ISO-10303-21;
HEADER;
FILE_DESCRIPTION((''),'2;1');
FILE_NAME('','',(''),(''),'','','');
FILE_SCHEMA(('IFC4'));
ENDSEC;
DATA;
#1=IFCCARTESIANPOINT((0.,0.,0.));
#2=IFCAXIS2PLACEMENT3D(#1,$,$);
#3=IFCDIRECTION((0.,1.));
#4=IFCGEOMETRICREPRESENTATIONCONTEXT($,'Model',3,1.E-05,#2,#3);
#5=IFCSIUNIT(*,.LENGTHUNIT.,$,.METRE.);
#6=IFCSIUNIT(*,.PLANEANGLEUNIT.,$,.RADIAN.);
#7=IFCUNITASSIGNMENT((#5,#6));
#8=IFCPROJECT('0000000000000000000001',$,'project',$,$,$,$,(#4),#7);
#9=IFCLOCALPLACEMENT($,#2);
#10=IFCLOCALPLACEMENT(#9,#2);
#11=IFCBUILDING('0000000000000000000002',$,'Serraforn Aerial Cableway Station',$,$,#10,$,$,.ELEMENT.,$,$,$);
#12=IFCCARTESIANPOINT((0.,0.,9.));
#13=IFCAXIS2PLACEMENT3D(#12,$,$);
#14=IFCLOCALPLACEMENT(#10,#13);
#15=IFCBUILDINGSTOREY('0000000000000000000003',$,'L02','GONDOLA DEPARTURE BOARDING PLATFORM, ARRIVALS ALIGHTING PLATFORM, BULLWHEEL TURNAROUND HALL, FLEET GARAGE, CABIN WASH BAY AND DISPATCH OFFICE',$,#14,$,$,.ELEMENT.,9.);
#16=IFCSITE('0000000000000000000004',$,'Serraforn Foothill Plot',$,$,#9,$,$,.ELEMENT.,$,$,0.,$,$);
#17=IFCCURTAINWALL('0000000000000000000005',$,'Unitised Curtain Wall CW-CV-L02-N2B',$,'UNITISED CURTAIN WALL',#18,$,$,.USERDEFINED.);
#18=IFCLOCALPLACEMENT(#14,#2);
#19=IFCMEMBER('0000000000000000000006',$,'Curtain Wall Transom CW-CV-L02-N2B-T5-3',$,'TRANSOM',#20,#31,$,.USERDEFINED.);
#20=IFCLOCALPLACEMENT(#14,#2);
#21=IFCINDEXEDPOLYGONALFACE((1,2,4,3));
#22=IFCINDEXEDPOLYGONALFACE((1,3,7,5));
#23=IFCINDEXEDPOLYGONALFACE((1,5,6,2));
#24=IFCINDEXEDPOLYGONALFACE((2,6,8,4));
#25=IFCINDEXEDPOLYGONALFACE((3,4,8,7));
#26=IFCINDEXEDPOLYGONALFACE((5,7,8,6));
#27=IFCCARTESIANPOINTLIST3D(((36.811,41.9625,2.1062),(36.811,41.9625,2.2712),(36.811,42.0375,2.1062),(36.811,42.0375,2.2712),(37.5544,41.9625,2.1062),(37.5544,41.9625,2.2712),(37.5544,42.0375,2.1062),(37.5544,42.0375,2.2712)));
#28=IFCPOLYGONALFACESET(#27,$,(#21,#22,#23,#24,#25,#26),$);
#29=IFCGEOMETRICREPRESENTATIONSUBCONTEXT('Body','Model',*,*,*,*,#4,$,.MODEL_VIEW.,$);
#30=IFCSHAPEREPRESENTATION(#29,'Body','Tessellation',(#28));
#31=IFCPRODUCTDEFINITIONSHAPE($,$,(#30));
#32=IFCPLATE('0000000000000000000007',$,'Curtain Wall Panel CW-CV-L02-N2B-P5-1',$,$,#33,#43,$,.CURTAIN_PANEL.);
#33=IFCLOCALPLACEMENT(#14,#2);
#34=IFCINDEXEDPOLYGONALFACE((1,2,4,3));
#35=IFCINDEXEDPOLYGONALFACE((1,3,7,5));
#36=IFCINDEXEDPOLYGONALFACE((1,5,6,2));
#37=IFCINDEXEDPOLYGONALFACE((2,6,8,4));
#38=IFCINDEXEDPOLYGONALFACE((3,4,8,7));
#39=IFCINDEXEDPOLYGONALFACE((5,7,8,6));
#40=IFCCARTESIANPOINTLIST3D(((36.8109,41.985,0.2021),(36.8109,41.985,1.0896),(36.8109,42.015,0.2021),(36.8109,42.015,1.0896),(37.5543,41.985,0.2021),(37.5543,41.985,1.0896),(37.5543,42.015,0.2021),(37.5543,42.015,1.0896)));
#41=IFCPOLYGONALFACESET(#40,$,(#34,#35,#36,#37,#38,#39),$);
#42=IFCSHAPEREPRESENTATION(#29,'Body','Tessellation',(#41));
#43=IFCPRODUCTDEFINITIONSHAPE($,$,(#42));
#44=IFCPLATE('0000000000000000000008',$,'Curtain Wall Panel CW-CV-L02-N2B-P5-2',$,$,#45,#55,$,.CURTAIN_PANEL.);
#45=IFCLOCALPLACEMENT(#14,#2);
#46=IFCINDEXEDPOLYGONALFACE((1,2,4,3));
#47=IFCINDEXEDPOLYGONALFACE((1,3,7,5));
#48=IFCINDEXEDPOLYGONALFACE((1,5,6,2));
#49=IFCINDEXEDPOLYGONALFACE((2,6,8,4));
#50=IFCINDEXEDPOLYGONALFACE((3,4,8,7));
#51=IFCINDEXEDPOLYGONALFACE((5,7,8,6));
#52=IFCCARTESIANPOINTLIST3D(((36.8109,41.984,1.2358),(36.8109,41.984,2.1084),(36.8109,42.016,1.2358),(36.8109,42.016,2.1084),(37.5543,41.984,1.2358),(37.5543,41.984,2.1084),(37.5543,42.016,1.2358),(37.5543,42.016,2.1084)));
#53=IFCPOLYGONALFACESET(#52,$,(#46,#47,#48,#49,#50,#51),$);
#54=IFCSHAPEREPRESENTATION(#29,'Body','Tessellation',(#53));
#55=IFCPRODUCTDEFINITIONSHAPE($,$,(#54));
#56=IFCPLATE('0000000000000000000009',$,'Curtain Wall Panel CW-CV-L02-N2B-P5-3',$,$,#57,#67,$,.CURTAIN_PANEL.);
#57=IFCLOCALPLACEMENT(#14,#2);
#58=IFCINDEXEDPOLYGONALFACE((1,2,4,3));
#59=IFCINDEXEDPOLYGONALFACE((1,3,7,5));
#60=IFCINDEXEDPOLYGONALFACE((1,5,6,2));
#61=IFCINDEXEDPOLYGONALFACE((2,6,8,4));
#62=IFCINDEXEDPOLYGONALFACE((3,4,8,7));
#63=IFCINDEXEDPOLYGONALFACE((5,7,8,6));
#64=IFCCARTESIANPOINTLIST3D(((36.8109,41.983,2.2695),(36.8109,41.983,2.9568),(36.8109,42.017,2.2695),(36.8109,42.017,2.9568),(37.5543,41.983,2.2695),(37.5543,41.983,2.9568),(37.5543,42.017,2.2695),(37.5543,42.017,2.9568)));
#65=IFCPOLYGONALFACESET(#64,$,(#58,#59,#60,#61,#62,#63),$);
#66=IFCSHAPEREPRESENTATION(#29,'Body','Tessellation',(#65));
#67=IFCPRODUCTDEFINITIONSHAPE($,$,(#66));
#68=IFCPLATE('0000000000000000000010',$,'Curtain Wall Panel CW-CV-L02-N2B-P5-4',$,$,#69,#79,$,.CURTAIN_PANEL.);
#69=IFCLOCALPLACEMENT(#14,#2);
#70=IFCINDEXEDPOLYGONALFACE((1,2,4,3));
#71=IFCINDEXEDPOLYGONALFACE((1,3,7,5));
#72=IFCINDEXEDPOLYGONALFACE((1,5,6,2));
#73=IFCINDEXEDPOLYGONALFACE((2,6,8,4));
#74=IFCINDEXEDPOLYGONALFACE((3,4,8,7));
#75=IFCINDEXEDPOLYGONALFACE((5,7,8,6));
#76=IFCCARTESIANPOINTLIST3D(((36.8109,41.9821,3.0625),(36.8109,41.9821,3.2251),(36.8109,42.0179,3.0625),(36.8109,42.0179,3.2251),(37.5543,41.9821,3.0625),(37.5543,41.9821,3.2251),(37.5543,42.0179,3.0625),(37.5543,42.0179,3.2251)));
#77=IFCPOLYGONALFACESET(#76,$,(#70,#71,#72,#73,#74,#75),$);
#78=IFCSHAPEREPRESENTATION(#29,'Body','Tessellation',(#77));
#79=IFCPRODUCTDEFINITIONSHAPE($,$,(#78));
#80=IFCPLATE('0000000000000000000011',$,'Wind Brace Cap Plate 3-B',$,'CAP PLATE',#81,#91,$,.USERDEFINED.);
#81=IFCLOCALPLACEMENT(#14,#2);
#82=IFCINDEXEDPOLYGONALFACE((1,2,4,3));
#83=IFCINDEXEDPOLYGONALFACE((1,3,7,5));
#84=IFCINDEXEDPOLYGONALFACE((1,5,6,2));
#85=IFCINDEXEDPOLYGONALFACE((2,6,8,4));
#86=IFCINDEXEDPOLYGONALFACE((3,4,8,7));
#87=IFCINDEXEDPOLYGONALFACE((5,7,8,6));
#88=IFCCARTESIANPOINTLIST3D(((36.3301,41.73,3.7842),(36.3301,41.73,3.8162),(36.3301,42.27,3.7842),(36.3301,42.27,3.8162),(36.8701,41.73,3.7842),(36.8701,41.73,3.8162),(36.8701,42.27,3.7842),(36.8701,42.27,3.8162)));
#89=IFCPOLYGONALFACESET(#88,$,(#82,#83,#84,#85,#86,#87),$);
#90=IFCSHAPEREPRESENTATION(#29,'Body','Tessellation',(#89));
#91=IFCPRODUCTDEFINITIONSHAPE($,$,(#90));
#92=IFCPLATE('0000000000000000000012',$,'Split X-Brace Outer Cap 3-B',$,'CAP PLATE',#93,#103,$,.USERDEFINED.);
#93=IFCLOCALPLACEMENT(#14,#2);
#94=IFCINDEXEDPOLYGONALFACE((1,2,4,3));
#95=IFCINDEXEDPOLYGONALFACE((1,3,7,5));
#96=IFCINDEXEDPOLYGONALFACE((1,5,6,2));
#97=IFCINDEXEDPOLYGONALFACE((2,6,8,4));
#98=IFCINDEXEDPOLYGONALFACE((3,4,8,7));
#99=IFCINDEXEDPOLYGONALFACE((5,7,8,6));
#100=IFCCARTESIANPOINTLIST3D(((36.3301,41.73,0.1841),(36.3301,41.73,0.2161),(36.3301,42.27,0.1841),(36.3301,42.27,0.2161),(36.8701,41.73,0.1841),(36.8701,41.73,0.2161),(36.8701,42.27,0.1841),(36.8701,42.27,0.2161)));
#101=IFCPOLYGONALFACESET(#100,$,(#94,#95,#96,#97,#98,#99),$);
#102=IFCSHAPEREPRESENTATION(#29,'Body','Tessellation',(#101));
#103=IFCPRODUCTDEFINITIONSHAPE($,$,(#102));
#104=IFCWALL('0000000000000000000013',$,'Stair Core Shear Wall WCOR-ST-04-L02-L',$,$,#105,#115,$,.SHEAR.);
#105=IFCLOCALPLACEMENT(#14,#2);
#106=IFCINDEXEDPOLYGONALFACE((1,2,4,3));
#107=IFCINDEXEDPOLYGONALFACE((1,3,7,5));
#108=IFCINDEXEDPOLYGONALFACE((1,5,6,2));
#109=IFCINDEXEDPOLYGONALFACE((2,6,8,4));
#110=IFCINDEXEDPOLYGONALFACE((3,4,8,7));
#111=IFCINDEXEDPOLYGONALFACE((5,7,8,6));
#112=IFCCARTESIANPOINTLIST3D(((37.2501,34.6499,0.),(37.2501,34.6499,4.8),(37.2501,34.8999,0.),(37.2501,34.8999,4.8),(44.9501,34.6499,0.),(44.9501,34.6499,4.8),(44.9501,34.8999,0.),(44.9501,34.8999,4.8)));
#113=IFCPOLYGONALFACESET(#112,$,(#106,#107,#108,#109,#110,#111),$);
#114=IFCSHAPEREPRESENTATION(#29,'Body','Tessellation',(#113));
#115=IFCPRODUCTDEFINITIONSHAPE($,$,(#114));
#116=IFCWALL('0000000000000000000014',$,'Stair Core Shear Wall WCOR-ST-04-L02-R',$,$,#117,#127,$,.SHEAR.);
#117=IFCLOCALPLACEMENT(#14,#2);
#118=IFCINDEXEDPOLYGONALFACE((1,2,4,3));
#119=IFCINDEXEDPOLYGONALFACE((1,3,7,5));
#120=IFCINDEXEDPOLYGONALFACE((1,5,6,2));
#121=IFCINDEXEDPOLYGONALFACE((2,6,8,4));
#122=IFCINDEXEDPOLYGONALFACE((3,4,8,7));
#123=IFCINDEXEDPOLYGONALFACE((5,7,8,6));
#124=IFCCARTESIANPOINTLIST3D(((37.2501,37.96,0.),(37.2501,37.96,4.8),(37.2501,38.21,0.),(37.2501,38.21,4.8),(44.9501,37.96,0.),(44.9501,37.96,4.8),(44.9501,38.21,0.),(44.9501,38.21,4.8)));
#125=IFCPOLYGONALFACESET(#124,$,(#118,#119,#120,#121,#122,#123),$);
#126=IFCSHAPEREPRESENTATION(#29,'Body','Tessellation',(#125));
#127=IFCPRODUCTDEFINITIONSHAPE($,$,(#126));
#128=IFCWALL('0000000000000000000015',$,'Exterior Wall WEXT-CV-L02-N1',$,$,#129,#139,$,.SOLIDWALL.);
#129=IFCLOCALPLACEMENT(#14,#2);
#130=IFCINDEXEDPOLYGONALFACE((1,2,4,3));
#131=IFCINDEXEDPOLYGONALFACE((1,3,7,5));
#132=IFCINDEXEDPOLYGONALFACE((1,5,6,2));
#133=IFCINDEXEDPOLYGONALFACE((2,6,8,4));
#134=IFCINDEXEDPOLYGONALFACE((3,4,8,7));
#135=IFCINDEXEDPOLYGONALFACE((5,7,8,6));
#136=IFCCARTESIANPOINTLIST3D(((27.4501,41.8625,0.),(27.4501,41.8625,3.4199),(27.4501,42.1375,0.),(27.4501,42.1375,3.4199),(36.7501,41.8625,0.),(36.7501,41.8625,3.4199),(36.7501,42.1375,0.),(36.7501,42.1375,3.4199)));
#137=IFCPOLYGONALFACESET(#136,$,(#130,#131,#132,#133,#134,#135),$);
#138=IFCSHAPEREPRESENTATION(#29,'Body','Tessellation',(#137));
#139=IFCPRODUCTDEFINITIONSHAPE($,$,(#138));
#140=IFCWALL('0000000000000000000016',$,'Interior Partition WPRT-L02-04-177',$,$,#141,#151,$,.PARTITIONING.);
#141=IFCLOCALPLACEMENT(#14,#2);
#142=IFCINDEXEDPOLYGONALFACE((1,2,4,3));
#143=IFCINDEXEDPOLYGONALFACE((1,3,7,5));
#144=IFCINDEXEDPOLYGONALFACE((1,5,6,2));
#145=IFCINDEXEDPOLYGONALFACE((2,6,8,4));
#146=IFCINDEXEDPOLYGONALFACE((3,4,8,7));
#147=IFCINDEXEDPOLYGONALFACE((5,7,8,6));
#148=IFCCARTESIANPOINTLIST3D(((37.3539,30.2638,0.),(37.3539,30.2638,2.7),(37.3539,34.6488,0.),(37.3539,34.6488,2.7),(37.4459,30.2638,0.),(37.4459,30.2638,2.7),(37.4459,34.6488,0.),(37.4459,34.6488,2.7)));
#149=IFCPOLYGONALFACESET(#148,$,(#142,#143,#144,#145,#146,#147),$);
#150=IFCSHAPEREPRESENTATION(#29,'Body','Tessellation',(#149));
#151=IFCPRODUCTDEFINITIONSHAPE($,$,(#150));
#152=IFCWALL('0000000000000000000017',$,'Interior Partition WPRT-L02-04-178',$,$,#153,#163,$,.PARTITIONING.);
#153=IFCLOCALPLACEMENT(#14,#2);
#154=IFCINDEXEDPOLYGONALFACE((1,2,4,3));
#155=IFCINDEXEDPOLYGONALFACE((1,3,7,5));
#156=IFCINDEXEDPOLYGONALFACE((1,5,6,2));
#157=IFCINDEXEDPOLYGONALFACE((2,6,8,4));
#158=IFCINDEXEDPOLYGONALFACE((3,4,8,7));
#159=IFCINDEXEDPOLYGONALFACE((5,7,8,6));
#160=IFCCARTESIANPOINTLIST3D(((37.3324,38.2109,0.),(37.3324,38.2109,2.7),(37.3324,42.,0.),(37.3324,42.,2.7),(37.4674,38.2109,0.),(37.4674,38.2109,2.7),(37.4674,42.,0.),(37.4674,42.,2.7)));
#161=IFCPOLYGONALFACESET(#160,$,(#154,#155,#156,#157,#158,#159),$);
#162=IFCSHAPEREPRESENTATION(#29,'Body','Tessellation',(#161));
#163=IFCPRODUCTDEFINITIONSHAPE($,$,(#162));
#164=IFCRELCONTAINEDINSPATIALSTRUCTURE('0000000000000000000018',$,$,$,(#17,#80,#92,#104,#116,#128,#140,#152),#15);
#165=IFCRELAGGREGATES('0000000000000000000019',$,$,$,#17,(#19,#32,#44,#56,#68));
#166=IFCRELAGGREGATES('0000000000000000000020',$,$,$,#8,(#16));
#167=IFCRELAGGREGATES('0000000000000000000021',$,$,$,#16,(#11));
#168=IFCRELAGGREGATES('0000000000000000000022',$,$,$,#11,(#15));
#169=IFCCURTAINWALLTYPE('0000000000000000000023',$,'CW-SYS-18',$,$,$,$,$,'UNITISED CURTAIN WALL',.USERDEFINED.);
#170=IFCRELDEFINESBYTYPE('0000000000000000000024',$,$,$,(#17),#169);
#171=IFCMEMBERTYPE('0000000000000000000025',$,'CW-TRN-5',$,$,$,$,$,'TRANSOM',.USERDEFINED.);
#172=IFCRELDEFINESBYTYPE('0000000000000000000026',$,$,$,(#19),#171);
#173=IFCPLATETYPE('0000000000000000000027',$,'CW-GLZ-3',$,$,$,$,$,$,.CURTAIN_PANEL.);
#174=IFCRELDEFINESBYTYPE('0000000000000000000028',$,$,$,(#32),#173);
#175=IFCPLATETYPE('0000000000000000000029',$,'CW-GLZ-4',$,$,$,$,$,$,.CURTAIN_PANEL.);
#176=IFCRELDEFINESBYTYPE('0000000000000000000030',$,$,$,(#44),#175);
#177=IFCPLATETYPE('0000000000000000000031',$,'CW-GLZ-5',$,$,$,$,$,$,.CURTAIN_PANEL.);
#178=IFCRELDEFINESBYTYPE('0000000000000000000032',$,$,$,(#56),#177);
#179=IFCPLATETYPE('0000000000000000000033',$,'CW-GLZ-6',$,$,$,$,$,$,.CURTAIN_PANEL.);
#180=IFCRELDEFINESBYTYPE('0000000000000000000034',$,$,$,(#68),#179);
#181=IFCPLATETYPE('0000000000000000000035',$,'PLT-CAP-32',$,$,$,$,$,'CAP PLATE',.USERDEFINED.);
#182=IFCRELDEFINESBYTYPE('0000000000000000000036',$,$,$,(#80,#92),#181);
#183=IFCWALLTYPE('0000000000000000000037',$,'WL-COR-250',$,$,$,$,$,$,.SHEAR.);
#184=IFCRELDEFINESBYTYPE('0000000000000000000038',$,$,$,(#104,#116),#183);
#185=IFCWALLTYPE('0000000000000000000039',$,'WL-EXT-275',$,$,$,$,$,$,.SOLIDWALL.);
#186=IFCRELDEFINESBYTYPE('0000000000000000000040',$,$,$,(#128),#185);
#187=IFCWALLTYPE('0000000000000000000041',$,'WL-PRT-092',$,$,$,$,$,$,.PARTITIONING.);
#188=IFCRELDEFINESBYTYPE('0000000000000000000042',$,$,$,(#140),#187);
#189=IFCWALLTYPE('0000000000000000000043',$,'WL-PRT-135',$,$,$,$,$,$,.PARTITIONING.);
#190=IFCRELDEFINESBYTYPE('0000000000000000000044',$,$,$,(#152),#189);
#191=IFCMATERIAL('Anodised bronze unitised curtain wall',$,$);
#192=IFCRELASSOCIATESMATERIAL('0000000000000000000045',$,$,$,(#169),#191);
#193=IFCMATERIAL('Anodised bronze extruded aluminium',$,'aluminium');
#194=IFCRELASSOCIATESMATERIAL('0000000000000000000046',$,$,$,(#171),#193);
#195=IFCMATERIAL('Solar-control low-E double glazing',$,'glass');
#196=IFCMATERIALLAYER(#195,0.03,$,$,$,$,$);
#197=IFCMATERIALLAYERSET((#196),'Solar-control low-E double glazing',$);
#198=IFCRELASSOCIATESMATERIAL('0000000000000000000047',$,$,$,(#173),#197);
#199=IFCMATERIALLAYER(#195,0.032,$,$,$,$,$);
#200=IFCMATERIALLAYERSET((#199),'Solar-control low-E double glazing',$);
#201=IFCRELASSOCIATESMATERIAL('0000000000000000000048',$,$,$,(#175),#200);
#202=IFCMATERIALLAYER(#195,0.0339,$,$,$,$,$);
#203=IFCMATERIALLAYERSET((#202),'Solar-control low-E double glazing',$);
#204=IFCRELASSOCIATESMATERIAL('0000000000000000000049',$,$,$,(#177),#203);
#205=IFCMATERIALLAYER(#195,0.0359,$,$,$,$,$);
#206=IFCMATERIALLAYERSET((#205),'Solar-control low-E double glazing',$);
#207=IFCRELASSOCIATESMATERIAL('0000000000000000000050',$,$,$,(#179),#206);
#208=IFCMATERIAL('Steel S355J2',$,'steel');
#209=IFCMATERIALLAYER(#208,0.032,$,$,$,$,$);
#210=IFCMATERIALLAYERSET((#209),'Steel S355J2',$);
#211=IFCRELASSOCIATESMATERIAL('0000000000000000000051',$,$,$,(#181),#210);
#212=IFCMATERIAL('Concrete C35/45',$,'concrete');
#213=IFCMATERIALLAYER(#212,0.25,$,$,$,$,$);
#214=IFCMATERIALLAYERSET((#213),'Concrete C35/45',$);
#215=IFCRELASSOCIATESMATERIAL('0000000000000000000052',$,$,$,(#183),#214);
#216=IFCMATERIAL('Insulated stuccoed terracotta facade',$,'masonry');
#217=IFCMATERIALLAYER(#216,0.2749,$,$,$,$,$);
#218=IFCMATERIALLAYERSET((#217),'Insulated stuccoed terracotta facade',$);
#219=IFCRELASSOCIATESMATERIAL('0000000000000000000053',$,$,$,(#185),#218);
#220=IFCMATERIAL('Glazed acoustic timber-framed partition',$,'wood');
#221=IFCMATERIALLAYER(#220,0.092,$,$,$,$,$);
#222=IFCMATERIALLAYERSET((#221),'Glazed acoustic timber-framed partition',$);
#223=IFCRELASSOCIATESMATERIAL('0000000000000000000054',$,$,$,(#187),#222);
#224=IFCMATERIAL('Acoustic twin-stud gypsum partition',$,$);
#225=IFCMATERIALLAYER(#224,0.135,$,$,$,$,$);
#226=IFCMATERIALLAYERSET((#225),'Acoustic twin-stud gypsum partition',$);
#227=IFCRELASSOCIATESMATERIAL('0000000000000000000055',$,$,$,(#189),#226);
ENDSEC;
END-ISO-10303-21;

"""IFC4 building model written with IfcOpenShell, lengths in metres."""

from ifc_helpers import new_model, si_unit, direction, frame, frame_2d, origin, origin_2d, place, context, subcontext, project, spatial, rectangle, extrude, material, layer, layer_set, material_profile, profile_set, type_object, element, aggregate, save


model = new_model("IFC4")

# Units and contexts
model_context = context("Model", 3, precision=1e-05, world=origin(), true_north=direction((0.0, 1.0)))
body_context = subcontext(model_context, "Body", "Model", "MODEL_VIEW")
ifc_project = project(units=[si_unit("LENGTHUNIT", "METRE"), si_unit("PLANEANGLEUNIT", "RADIAN")], contexts=[model_context])

# Site, building, storey
site_placement = place(None, origin())
site = spatial("IfcSite", under=ifc_project, at=site_placement, Name="Serraforn Foothill Plot", CompositionType="ELEMENT", RefElevation=0.0)
building_placement = place(site_placement, origin())
building = spatial("IfcBuilding", under=site, at=building_placement, Name="Serraforn Aerial Cableway Station", CompositionType="ELEMENT")
storey_placement = place(building_placement, frame((0.0, 0.0, 9.0)))
storey = spatial("IfcBuildingStorey", under=building, at=storey_placement, Name="L02", Description="GONDOLA DEPARTURE BOARDING PLATFORM, ARRIVALS ALIGHTING PLATFORM, BULLWHEEL TURNAROUND HALL, FLEET GARAGE, CABIN WASH BAY AND DISPATCH OFFICE", CompositionType="ELEMENT", Elevation=9.0)

# Shared definitions
ifc_material_1 = material(Name="Steel S355J2", Category="steel")

# Shared definitions
ifc_material_2 = material(Name="Concrete C35/45", Category="concrete")

# Curtain wall, member, plates
ifc_material_3 = material(Name="Anodised bronze unitised curtain wall")
curtain_wall_type = type_object("IfcCurtainWallType", Name="CW-SYS-18", ElementType="UNITISED CURTAIN WALL", PredefinedType="USERDEFINED", material=ifc_material_3)
curtain_wall_placement = place(storey_placement, origin())
curtain_wall = element("IfcCurtainWall", 1, at=curtain_wall_placement, inside=storey, type_object=curtain_wall_type, Name="Unitised Curtain Wall CW-CV-L02-N2B", ObjectType="UNITISED CURTAIN WALL", PredefinedType="USERDEFINED")
ifc_material_4 = material(Name="Anodised bronze extruded aluminium", Category="aluminium")
ifc_material_profile_1 = material_profile(ifc_material_4, rectangle(XDim=0.075, YDim=0.165, at=origin_2d()), Name="CW TRANSOM 75x165")
ifc_profile_set_1 = profile_set([ifc_material_profile_1], Name="Anodised bronze extruded aluminium")
member_type_1 = type_object("IfcMemberType", Name="CW-TRN-5", ElementType="TRANSOM", PredefinedType="USERDEFINED", material=ifc_profile_set_1)
member_1_placement = place(storey_placement, frame((37.5544, 42.0, 2.1887), z_axis=(-1.0, 0.0, 0.0), x_axis=(0.0, -1.0, 0.0)))
member_1 = element("IfcMember", 2, at=member_1_placement, type_object=member_type_1, Name="Curtain Wall Transom CW-CV-L02-N2B-T5-3", ObjectType="TRANSOM", PredefinedType="USERDEFINED", context=body_context, shape_type="SweptSolid", body=[
    extrude(rectangle(XDim=0.075, YDim=0.165, at=origin_2d()), origin(), (0.0, 0.0, 1.0), 0.7434),
])
ifc_material_5 = material(Name="Solar-control low-E double glazing", Category="glass")
ifc_layer_1 = layer(ifc_material_5, 0.03)
ifc_layer_set_1 = layer_set([ifc_layer_1], Name="Solar-control low-E double glazing")
plate_type_1 = type_object("IfcPlateType", Name="CW-GLZ-3", PredefinedType="CURTAIN_PANEL", material=ifc_layer_set_1)
plate_1_placement = place(storey_placement, frame((37.1826, 42.0, 0.2021), z_axis=(0.0, 0.0, 1.0), x_axis=(1.0, 0.0, 0.0)))
plate_1 = element("IfcPlate", 3, at=plate_1_placement, type_object=plate_type_1, Name="Curtain Wall Panel CW-CV-L02-N2B-P5-1", PredefinedType="CURTAIN_PANEL", context=body_context, shape_type="SweptSolid", body=[
    extrude(rectangle(XDim=0.7434, YDim=0.03, at=origin_2d()), origin(), (0.0, 0.0, 1.0), 0.8875),
])
ifc_layer_2 = layer(ifc_material_5, 0.032)
ifc_layer_set_2 = layer_set([ifc_layer_2], Name="Solar-control low-E double glazing")
plate_type_2 = type_object("IfcPlateType", Name="CW-GLZ-4", PredefinedType="CURTAIN_PANEL", material=ifc_layer_set_2)
plate_2_placement = place(storey_placement, frame((37.1826, 42.0, 1.2358), z_axis=(0.0, 0.0, 1.0), x_axis=(1.0, 0.0, 0.0)))
plate_2 = element("IfcPlate", 4, at=plate_2_placement, type_object=plate_type_2, Name="Curtain Wall Panel CW-CV-L02-N2B-P5-2", PredefinedType="CURTAIN_PANEL", context=body_context, shape_type="SweptSolid", body=[
    extrude(rectangle(XDim=0.7434, YDim=0.032, at=origin_2d()), origin(), (0.0, 0.0, 1.0), 0.8726),
])
ifc_layer_3 = layer(ifc_material_5, 0.0339)
ifc_layer_set_3 = layer_set([ifc_layer_3], Name="Solar-control low-E double glazing")
plate_type_3 = type_object("IfcPlateType", Name="CW-GLZ-5", PredefinedType="CURTAIN_PANEL", material=ifc_layer_set_3)
plate_3_placement = place(storey_placement, frame((37.1826, 42.0, 2.2695), z_axis=(0.0, 0.0, 1.0), x_axis=(1.0, 0.0, 0.0)))
plate_3 = element("IfcPlate", 5, at=plate_3_placement, type_object=plate_type_3, Name="Curtain Wall Panel CW-CV-L02-N2B-P5-3", PredefinedType="CURTAIN_PANEL", context=body_context, shape_type="SweptSolid", body=[
    extrude(rectangle(XDim=0.7434, YDim=0.0339, at=origin_2d()), origin(), (0.0, 0.0, 1.0), 0.6873),
])
ifc_layer_4 = layer(ifc_material_5, 0.0359)
ifc_layer_set_4 = layer_set([ifc_layer_4], Name="Solar-control low-E double glazing")
plate_type_4 = type_object("IfcPlateType", Name="CW-GLZ-6", PredefinedType="CURTAIN_PANEL", material=ifc_layer_set_4)
plate_4_placement = place(storey_placement, frame((37.1826, 42.0, 3.0625), z_axis=(0.0, 0.0, 1.0), x_axis=(1.0, 0.0, 0.0)))
plate_4 = element("IfcPlate", 6, at=plate_4_placement, type_object=plate_type_4, Name="Curtain Wall Panel CW-CV-L02-N2B-P5-4", PredefinedType="CURTAIN_PANEL", context=body_context, shape_type="SweptSolid", body=[
    extrude(rectangle(XDim=0.7434, YDim=0.0359, at=origin_2d()), origin(), (0.0, 0.0, 1.0), 0.1626),
])
aggregate(curtain_wall, [member_1, plate_1, plate_2, plate_3, plate_4])

# Plates
ifc_layer_5 = layer(ifc_material_1, 0.032)
ifc_layer_set_5 = layer_set([ifc_layer_5], Name="Steel S355J2")
plate_type_5 = type_object("IfcPlateType", Name="PLT-CAP-32", ElementType="CAP PLATE", PredefinedType="USERDEFINED", material=ifc_layer_set_5)
for number, where, z_axis, x_axis, name in (
    (7, (36.6001, 42.0, 3.7842), (0.0, 0.0, 1.0), (1.0, 0.0, 0.0), "Wind Brace Cap Plate 3-B"),
    (8, (36.6001, 42.0, 0.1841), (0.0, 0.0, 1.0), (1.0, 0.0, 0.0), "Split X-Brace Outer Cap 3-B"),
):
    element("IfcPlate", number, at=place(storey_placement, frame(where, z_axis=z_axis, x_axis=x_axis)), inside=storey, type_object=plate_type_5, Name=name, ObjectType="CAP PLATE", PredefinedType="USERDEFINED", context=body_context, shape_type="SweptSolid", body=[
        extrude(rectangle(XDim=0.54, YDim=0.54, at=origin_2d()), origin(), (0.0, 0.0, 1.0), 0.032),
    ])

# Shared definitions
ifc_layer_6 = layer(ifc_material_2, 0.25)
ifc_layer_set_6 = layer_set([ifc_layer_6], Name="Concrete C35/45")
wall_type_1 = type_object("IfcWallType", Name="WL-COR-250", PredefinedType="SHEAR", material=ifc_layer_set_6)

# Walls
for number, where, z_axis, x_axis, name in (
    (9, (37.25, 34.7749, 0.0), (0.0, 0.0, 1.0), (1.0, 0.0, 0.0), "Stair Core Shear Wall WCOR-ST-04-L02-L"),
    (10, (37.25, 38.085, 0.0), (0.0, 0.0, 1.0), (1.0, 0.0, 0.0), "Stair Core Shear Wall WCOR-ST-04-L02-R"),
):
    element("IfcWall", number, at=place(storey_placement, frame(where, z_axis=z_axis, x_axis=x_axis)), inside=storey, type_object=wall_type_1, Name=name, PredefinedType="SHEAR", context=body_context, shape_type="SweptSolid", body=[
        extrude(rectangle(XDim=7.7, YDim=0.25, at=frame_2d((3.8501, 0.0))), origin(), (0.0, 0.0, 1.0), 4.8),
    ])
ifc_material_6 = material(Name="Insulated stuccoed terracotta facade", Category="masonry")
ifc_layer_7 = layer(ifc_material_6, 0.2749)
ifc_layer_set_7 = layer_set([ifc_layer_7], Name="Insulated stuccoed terracotta facade")
wall_type_2 = type_object("IfcWallType", Name="WL-EXT-275", PredefinedType="SOLIDWALL", material=ifc_layer_set_7)
wall_1_placement = place(storey_placement, frame((36.75, 42.0, 0.0), z_axis=(0.0, 0.0, 1.0), x_axis=(-1.0, 0.0, 0.0)))
element("IfcWall", 11, at=wall_1_placement, inside=storey, type_object=wall_type_2, Name="Exterior Wall WEXT-CV-L02-N1", PredefinedType="SOLIDWALL", context=body_context, shape_type="SweptSolid", body=[
    extrude(rectangle(XDim=9.3, YDim=0.2749, at=frame_2d((4.6499, 0.0))), origin(), (0.0, 0.0, 1.0), 3.4199),
])
ifc_material_7 = material(Name="Glazed acoustic timber-framed partition", Category="wood")
ifc_layer_8 = layer(ifc_material_7, 0.092)
ifc_layer_set_8 = layer_set([ifc_layer_8], Name="Glazed acoustic timber-framed partition")
wall_type_3 = type_object("IfcWallType", Name="WL-PRT-092", PredefinedType="PARTITIONING", material=ifc_layer_set_8)
wall_2_placement = place(storey_placement, frame((37.3999, 30.2639, 0.0), z_axis=(0.0, 0.0, 1.0), x_axis=(0.0, 1.0, 0.0)))
element("IfcWall", 12, at=wall_2_placement, inside=storey, type_object=wall_type_3, Name="Interior Partition WPRT-L02-04-177", PredefinedType="PARTITIONING", context=body_context, shape_type="SweptSolid", body=[
    extrude(rectangle(XDim=4.385, YDim=0.092, at=frame_2d((2.1924, 0.0))), origin(), (0.0, 0.0, 1.0), 2.7),
])
ifc_material_8 = material(Name="Acoustic twin-stud gypsum partition")
ifc_layer_9 = layer(ifc_material_8, 0.135)
ifc_layer_set_9 = layer_set([ifc_layer_9], Name="Acoustic twin-stud gypsum partition")
wall_type_4 = type_object("IfcWallType", Name="WL-PRT-135", PredefinedType="PARTITIONING", material=ifc_layer_set_9)
wall_3_placement = place(storey_placement, frame((37.3999, 38.2109, 0.0), z_axis=(0.0, 0.0, 1.0), x_axis=(0.0, 1.0, 0.0)))
element("IfcWall", 13, at=wall_3_placement, inside=storey, type_object=wall_type_4, Name="Interior Partition WPRT-L02-04-178", PredefinedType="PARTITIONING", context=body_context, shape_type="SweptSolid", body=[
    extrude(rectangle(XDim=3.7891, YDim=0.135, at=frame_2d((1.8945, 0.0))), origin(), (0.0, 0.0, 1.0), 2.7),
])

save(model, "model.ifc")
